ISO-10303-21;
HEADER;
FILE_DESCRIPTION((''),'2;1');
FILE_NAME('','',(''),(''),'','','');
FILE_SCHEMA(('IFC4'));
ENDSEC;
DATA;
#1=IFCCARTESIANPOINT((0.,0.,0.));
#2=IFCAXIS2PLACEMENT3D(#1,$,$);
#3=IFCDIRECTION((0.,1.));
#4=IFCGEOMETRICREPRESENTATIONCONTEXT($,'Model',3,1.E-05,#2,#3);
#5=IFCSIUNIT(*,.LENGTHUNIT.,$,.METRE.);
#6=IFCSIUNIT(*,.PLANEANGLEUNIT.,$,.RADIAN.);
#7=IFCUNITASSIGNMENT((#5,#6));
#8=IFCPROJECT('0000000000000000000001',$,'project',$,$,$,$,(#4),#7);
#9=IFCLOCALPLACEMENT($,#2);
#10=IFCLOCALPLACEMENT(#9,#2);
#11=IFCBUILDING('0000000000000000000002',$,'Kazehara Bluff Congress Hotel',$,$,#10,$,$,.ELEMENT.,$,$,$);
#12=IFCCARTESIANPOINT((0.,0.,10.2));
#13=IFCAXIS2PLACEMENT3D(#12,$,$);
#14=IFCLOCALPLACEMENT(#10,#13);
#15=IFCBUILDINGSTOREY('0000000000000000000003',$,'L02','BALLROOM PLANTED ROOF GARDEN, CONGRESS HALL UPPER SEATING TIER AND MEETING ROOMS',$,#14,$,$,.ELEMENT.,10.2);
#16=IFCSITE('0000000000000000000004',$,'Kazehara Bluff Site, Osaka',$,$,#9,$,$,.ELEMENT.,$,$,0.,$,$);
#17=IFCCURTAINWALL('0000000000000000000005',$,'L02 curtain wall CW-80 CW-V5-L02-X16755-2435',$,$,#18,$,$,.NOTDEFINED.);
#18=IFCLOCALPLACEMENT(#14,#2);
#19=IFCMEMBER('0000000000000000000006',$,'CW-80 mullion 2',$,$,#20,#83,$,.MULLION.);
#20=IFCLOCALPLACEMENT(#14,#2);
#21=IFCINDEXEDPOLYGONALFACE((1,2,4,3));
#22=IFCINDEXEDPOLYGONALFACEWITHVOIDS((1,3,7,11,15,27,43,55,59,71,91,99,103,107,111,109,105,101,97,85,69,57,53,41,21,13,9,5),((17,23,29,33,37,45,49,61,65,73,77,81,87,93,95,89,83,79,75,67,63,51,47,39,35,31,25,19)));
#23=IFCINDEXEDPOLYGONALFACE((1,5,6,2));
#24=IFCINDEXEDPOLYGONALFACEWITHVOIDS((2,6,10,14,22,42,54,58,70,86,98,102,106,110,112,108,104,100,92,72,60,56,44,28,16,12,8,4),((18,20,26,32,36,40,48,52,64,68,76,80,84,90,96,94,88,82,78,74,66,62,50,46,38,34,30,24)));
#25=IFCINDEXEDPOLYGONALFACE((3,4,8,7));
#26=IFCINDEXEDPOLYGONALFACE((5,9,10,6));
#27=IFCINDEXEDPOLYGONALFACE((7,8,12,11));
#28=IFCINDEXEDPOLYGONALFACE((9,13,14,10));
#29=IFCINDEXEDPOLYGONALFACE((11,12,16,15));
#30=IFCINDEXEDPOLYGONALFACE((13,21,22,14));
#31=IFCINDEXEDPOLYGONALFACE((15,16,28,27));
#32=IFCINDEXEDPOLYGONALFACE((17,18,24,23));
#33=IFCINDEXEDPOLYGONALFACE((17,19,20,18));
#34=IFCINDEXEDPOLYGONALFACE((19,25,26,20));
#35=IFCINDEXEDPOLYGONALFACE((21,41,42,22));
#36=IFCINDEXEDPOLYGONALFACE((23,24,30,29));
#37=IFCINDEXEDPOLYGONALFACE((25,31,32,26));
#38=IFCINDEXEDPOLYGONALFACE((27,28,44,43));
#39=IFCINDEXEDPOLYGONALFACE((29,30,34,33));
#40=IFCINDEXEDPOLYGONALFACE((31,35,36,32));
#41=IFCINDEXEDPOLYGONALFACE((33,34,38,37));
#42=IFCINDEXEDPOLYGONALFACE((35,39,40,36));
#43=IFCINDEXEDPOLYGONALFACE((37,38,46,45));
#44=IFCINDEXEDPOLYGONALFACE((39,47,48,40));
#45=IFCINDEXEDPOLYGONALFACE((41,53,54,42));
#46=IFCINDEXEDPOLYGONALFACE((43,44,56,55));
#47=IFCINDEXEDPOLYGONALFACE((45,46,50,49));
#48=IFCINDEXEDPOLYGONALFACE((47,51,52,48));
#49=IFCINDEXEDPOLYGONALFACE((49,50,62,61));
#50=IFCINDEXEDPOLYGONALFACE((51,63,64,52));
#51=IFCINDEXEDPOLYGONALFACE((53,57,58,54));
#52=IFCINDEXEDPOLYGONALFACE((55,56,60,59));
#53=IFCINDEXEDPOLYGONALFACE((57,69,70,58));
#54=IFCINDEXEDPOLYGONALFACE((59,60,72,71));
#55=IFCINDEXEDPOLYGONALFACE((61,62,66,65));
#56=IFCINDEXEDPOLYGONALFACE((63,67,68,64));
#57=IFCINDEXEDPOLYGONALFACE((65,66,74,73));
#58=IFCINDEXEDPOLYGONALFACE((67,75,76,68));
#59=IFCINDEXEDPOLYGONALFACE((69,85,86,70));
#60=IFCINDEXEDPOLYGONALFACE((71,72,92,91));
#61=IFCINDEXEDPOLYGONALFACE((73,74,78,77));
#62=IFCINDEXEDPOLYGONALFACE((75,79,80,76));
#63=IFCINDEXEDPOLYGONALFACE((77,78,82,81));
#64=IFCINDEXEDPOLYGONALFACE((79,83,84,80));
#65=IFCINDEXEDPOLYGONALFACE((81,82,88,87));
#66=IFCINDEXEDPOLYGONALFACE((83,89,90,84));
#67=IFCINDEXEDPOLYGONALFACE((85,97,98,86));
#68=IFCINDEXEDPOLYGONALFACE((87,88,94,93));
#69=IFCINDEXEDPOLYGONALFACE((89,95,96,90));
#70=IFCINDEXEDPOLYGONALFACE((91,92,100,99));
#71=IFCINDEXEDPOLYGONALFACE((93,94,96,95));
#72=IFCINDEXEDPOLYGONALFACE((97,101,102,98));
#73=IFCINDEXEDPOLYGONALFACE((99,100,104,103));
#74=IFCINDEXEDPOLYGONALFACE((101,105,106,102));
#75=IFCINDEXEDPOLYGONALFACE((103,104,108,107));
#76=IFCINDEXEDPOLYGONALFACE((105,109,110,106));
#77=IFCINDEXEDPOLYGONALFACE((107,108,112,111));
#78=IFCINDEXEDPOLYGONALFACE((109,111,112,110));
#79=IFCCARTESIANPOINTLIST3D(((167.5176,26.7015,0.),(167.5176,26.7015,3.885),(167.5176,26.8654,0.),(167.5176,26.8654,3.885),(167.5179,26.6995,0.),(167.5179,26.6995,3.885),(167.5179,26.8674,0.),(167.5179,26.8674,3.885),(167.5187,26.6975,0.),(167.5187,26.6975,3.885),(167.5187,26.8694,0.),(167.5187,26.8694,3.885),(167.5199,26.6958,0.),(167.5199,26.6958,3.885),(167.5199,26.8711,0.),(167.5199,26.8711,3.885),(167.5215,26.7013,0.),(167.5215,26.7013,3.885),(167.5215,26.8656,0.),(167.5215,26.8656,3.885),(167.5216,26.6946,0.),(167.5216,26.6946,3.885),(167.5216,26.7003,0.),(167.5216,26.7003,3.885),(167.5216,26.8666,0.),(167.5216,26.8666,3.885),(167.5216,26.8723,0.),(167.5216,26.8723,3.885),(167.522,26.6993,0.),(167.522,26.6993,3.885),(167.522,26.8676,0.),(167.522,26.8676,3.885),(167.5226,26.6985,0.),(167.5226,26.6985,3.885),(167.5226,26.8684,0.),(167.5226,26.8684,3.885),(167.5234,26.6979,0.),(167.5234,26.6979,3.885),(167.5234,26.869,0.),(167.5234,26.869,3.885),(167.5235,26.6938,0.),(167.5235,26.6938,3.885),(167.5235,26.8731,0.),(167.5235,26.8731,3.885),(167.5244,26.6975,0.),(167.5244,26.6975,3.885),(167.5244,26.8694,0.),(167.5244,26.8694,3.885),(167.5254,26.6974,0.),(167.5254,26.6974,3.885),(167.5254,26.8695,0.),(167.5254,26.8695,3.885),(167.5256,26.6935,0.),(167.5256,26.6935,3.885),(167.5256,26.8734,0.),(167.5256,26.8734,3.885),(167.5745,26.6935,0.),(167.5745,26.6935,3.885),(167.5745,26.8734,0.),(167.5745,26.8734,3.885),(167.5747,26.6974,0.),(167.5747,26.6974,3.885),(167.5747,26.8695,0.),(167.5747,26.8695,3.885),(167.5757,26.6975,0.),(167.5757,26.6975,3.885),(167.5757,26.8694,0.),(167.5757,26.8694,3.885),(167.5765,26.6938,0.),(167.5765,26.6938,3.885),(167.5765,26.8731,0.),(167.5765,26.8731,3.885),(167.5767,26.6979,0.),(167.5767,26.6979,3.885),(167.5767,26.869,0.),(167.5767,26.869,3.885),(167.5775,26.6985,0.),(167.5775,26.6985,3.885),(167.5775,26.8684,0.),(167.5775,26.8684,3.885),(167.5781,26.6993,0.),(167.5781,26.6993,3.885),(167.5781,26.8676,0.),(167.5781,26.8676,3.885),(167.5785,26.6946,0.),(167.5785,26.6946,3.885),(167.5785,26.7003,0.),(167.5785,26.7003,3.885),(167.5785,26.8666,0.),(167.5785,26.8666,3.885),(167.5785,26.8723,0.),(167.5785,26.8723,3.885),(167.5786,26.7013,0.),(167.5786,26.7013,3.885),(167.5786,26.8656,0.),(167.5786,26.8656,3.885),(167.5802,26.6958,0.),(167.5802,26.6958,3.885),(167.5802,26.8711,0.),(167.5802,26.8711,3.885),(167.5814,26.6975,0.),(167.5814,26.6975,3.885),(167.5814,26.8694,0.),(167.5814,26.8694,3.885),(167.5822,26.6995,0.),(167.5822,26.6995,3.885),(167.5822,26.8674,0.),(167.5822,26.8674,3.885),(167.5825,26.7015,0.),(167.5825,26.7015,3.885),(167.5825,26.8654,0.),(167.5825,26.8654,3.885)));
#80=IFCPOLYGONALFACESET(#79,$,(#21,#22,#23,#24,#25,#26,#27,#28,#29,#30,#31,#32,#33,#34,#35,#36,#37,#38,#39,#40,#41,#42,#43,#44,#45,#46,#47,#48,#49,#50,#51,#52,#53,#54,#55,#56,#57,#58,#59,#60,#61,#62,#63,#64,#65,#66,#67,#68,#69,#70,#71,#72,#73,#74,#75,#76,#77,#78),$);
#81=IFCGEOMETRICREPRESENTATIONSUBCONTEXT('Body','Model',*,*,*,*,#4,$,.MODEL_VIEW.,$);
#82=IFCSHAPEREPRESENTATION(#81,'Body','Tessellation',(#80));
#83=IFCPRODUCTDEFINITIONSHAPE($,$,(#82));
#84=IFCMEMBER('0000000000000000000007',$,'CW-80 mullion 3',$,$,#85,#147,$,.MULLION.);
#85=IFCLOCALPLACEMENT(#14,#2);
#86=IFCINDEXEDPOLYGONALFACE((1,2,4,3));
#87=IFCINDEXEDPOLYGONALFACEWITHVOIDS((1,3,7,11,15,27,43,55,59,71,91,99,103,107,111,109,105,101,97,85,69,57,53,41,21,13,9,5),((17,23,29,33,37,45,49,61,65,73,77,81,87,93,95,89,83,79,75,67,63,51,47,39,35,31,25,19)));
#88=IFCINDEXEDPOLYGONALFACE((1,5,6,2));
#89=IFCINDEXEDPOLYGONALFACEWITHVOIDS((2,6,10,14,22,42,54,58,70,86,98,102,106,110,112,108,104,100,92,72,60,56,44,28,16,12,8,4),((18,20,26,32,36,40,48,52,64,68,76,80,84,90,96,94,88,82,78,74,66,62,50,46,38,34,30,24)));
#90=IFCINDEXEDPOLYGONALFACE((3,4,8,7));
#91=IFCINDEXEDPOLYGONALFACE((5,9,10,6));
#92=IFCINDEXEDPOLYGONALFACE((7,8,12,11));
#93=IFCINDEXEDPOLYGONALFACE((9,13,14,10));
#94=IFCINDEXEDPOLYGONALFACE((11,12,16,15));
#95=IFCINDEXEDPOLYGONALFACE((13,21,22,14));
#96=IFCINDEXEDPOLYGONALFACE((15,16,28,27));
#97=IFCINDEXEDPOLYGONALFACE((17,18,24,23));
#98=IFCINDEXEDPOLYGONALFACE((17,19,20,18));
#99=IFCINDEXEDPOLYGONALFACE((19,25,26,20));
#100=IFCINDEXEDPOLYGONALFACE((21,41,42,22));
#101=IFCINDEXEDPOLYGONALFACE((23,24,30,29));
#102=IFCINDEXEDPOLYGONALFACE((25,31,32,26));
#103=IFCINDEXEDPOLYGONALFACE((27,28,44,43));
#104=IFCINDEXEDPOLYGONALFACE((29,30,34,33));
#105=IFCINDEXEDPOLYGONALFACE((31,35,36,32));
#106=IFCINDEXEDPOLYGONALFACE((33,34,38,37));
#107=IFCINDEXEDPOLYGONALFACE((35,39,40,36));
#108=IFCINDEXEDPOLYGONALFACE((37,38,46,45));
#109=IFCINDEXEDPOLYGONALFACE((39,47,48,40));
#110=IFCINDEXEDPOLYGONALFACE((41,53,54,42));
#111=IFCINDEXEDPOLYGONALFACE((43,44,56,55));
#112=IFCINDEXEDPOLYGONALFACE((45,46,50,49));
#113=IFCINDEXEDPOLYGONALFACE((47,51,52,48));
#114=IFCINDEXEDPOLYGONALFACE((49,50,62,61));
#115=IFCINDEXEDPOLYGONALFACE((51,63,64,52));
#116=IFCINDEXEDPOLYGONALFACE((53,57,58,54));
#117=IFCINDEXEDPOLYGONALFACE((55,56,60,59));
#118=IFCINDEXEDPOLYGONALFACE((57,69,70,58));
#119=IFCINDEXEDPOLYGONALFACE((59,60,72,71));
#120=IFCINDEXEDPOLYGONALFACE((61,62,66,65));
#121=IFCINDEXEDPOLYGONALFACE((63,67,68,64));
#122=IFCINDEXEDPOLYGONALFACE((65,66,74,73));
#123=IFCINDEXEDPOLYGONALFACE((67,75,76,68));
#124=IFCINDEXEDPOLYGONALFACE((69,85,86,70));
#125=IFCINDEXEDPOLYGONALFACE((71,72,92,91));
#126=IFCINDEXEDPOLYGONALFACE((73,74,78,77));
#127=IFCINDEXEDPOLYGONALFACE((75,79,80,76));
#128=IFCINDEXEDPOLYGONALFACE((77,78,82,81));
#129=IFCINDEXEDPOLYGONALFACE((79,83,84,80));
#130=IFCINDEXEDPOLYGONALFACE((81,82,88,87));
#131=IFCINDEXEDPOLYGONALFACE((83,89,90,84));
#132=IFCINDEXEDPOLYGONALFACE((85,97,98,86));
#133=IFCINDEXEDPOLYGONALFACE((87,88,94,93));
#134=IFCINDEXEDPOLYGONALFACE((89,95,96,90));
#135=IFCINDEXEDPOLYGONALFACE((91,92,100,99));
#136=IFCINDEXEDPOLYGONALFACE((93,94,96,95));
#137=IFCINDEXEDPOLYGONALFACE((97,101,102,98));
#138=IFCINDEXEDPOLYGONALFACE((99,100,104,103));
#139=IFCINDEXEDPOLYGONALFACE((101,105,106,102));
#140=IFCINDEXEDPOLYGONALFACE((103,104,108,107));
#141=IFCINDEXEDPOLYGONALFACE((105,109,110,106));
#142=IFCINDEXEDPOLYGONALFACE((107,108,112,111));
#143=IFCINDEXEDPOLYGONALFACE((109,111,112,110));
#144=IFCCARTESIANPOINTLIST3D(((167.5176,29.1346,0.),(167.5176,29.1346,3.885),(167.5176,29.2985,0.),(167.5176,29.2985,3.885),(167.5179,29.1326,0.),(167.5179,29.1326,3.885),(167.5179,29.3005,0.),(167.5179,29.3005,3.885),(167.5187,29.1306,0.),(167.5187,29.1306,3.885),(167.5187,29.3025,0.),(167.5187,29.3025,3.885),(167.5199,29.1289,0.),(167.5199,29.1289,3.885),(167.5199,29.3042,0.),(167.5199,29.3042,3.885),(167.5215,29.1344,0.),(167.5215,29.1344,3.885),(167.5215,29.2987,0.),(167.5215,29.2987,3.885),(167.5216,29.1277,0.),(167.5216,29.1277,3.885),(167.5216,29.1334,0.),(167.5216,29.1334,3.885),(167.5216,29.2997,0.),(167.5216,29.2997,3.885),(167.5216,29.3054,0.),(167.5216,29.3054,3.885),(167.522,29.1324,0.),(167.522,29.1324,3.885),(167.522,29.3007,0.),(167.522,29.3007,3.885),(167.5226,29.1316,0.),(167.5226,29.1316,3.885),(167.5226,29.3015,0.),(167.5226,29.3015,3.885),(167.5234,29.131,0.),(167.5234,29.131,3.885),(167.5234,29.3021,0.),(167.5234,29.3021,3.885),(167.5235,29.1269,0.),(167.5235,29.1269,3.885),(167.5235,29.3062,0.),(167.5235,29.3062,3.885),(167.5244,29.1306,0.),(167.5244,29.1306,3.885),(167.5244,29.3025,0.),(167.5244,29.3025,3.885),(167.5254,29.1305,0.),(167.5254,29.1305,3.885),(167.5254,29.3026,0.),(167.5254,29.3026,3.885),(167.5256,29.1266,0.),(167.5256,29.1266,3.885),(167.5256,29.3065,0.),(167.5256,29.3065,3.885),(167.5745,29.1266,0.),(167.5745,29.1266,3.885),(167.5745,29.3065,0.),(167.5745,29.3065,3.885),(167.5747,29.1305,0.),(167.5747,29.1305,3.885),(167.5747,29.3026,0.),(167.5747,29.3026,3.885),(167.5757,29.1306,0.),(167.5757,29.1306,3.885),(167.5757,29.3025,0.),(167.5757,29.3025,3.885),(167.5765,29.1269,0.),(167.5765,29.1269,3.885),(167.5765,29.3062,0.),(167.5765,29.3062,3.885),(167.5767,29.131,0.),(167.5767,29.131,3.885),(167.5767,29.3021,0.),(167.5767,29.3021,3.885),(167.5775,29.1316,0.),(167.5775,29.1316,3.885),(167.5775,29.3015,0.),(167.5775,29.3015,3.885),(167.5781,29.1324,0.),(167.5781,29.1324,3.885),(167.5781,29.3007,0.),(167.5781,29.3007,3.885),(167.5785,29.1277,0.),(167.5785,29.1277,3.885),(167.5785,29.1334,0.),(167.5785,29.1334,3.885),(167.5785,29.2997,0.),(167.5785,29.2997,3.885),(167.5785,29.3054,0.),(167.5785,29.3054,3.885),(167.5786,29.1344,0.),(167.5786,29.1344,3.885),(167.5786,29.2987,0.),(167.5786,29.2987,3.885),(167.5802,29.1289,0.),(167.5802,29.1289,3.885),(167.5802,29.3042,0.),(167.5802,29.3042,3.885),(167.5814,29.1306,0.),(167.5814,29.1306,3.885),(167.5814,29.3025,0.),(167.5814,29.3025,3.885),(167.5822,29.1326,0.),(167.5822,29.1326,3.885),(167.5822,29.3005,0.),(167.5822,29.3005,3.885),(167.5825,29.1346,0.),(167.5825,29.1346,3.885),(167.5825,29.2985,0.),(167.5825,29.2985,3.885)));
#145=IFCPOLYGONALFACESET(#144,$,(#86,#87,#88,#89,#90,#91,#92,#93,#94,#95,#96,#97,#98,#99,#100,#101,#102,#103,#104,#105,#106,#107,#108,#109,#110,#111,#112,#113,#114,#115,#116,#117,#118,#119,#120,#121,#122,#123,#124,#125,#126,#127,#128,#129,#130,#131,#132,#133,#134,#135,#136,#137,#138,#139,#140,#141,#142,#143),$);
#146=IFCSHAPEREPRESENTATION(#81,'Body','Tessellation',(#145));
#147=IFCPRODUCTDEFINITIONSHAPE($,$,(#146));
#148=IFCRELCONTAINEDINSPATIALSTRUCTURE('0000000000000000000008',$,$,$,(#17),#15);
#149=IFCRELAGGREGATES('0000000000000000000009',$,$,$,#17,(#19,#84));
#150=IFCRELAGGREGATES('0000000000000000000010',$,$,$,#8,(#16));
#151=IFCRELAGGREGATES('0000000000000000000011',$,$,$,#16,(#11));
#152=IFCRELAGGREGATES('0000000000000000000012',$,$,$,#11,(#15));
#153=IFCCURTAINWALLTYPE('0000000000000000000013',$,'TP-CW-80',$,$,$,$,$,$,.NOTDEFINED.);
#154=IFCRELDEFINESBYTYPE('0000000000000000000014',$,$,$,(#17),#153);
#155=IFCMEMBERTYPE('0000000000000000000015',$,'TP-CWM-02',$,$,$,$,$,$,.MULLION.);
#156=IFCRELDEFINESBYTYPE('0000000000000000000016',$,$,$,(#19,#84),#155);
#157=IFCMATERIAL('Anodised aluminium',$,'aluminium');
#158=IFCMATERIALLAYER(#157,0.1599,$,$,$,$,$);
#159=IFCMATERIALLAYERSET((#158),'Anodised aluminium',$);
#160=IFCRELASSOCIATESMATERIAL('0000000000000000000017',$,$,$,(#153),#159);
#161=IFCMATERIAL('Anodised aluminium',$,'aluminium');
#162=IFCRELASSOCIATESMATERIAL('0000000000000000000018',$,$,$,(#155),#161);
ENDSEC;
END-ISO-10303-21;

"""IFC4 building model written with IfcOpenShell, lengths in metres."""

from ifc_helpers import new_model, si_unit, direction, frame, origin, origin_2d, place, context, subcontext, project, spatial, hollow_rectangle, extrude, material, layer, layer_set, material_profile, profile_set, type_object, element, aggregate, save


model = new_model("IFC4")

# Units and contexts
model_context = context("Model", 3, precision=1e-05, world=origin(), true_north=direction((0.0, 1.0)))
body_context = subcontext(model_context, "Body", "Model", "MODEL_VIEW")
ifc_project = project(units=[si_unit("LENGTHUNIT", "METRE"), si_unit("PLANEANGLEUNIT", "RADIAN")], contexts=[model_context])

# Site, building, storey
site_placement = place(None, origin())
site = spatial("IfcSite", under=ifc_project, at=site_placement, Name="Kazehara Bluff Site, Osaka", CompositionType="ELEMENT", RefElevation=0.0)
building_placement = place(site_placement, origin())
building = spatial("IfcBuilding", under=site, at=building_placement, Name="Kazehara Bluff Congress Hotel", CompositionType="ELEMENT")
storey_placement = place(building_placement, frame((0.0, 0.0, 10.2)))
storey = spatial("IfcBuildingStorey", under=building, at=storey_placement, Name="L02", Description="BALLROOM PLANTED ROOF GARDEN, CONGRESS HALL UPPER SEATING TIER AND MEETING ROOMS", CompositionType="ELEMENT", Elevation=10.2)

# Curtain wall, members
ifc_material_1 = material(Name="Anodised aluminium", Category="aluminium")
ifc_layer_1 = layer(ifc_material_1, 0.1599)
ifc_layer_set_1 = layer_set([ifc_layer_1], Name="Anodised aluminium")
curtain_wall_type = type_object("IfcCurtainWallType", Name="TP-CW-80", PredefinedType="NOTDEFINED", material=ifc_layer_set_1)
curtain_wall_placement = place(storey_placement, origin())
curtain_wall = element("IfcCurtainWall", 1, at=curtain_wall_placement, inside=storey, type_object=curtain_wall_type, Name="L02 curtain wall CW-80 CW-V5-L02-X16755-2435", PredefinedType="NOTDEFINED")
ifc_material_2 = material(Name="Anodised aluminium", Category="aluminium")
ifc_material_profile_1 = material_profile(ifc_material_2, hollow_rectangle(XDim=0.0649, YDim=0.1799, WallThickness=0.0039, InnerFilletRadius=0.0039, OuterFilletRadius=0.0081, at=origin_2d()))
ifc_profile_set_1 = profile_set([ifc_material_profile_1], Name="Anodised aluminium")
member_type_1 = type_object("IfcMemberType", Name="TP-CWM-02", PredefinedType="MULLION", material=ifc_profile_set_1)
member_1_placement = place(storey_placement, frame((167.55, 26.7834, 0.0), z_axis=(0.0, 0.0, 1.0), x_axis=(-1.0, 0.0, 0.0)))
member_1 = element("IfcMember", 2, at=member_1_placement, type_object=member_type_1, Name="CW-80 mullion 2", PredefinedType="MULLION", context=body_context, shape_type="SweptSolid", body=[
    extrude(hollow_rectangle(XDim=0.0649, YDim=0.1799, WallThickness=0.0039, InnerFilletRadius=0.0039, OuterFilletRadius=0.0081, at=origin_2d()), origin(), (0.0, 0.0, 1.0), 3.885),
])
member_2_placement = place(storey_placement, frame((167.55, 29.2166, 0.0), z_axis=(0.0, 0.0, 1.0), x_axis=(-1.0, 0.0, 0.0)))
member_2 = element("IfcMember", 3, at=member_2_placement, type_object=member_type_1, Name="CW-80 mullion 3", PredefinedType="MULLION", context=body_context, shape_type="SweptSolid", body=[
    extrude(hollow_rectangle(XDim=0.0649, YDim=0.1799, WallThickness=0.0039, InnerFilletRadius=0.0039, OuterFilletRadius=0.0081, at=origin_2d()), origin(), (0.0, 0.0, 1.0), 3.885),
])

aggregate(curtain_wall, [member_1, member_2])

save(model, "model.ifc")
